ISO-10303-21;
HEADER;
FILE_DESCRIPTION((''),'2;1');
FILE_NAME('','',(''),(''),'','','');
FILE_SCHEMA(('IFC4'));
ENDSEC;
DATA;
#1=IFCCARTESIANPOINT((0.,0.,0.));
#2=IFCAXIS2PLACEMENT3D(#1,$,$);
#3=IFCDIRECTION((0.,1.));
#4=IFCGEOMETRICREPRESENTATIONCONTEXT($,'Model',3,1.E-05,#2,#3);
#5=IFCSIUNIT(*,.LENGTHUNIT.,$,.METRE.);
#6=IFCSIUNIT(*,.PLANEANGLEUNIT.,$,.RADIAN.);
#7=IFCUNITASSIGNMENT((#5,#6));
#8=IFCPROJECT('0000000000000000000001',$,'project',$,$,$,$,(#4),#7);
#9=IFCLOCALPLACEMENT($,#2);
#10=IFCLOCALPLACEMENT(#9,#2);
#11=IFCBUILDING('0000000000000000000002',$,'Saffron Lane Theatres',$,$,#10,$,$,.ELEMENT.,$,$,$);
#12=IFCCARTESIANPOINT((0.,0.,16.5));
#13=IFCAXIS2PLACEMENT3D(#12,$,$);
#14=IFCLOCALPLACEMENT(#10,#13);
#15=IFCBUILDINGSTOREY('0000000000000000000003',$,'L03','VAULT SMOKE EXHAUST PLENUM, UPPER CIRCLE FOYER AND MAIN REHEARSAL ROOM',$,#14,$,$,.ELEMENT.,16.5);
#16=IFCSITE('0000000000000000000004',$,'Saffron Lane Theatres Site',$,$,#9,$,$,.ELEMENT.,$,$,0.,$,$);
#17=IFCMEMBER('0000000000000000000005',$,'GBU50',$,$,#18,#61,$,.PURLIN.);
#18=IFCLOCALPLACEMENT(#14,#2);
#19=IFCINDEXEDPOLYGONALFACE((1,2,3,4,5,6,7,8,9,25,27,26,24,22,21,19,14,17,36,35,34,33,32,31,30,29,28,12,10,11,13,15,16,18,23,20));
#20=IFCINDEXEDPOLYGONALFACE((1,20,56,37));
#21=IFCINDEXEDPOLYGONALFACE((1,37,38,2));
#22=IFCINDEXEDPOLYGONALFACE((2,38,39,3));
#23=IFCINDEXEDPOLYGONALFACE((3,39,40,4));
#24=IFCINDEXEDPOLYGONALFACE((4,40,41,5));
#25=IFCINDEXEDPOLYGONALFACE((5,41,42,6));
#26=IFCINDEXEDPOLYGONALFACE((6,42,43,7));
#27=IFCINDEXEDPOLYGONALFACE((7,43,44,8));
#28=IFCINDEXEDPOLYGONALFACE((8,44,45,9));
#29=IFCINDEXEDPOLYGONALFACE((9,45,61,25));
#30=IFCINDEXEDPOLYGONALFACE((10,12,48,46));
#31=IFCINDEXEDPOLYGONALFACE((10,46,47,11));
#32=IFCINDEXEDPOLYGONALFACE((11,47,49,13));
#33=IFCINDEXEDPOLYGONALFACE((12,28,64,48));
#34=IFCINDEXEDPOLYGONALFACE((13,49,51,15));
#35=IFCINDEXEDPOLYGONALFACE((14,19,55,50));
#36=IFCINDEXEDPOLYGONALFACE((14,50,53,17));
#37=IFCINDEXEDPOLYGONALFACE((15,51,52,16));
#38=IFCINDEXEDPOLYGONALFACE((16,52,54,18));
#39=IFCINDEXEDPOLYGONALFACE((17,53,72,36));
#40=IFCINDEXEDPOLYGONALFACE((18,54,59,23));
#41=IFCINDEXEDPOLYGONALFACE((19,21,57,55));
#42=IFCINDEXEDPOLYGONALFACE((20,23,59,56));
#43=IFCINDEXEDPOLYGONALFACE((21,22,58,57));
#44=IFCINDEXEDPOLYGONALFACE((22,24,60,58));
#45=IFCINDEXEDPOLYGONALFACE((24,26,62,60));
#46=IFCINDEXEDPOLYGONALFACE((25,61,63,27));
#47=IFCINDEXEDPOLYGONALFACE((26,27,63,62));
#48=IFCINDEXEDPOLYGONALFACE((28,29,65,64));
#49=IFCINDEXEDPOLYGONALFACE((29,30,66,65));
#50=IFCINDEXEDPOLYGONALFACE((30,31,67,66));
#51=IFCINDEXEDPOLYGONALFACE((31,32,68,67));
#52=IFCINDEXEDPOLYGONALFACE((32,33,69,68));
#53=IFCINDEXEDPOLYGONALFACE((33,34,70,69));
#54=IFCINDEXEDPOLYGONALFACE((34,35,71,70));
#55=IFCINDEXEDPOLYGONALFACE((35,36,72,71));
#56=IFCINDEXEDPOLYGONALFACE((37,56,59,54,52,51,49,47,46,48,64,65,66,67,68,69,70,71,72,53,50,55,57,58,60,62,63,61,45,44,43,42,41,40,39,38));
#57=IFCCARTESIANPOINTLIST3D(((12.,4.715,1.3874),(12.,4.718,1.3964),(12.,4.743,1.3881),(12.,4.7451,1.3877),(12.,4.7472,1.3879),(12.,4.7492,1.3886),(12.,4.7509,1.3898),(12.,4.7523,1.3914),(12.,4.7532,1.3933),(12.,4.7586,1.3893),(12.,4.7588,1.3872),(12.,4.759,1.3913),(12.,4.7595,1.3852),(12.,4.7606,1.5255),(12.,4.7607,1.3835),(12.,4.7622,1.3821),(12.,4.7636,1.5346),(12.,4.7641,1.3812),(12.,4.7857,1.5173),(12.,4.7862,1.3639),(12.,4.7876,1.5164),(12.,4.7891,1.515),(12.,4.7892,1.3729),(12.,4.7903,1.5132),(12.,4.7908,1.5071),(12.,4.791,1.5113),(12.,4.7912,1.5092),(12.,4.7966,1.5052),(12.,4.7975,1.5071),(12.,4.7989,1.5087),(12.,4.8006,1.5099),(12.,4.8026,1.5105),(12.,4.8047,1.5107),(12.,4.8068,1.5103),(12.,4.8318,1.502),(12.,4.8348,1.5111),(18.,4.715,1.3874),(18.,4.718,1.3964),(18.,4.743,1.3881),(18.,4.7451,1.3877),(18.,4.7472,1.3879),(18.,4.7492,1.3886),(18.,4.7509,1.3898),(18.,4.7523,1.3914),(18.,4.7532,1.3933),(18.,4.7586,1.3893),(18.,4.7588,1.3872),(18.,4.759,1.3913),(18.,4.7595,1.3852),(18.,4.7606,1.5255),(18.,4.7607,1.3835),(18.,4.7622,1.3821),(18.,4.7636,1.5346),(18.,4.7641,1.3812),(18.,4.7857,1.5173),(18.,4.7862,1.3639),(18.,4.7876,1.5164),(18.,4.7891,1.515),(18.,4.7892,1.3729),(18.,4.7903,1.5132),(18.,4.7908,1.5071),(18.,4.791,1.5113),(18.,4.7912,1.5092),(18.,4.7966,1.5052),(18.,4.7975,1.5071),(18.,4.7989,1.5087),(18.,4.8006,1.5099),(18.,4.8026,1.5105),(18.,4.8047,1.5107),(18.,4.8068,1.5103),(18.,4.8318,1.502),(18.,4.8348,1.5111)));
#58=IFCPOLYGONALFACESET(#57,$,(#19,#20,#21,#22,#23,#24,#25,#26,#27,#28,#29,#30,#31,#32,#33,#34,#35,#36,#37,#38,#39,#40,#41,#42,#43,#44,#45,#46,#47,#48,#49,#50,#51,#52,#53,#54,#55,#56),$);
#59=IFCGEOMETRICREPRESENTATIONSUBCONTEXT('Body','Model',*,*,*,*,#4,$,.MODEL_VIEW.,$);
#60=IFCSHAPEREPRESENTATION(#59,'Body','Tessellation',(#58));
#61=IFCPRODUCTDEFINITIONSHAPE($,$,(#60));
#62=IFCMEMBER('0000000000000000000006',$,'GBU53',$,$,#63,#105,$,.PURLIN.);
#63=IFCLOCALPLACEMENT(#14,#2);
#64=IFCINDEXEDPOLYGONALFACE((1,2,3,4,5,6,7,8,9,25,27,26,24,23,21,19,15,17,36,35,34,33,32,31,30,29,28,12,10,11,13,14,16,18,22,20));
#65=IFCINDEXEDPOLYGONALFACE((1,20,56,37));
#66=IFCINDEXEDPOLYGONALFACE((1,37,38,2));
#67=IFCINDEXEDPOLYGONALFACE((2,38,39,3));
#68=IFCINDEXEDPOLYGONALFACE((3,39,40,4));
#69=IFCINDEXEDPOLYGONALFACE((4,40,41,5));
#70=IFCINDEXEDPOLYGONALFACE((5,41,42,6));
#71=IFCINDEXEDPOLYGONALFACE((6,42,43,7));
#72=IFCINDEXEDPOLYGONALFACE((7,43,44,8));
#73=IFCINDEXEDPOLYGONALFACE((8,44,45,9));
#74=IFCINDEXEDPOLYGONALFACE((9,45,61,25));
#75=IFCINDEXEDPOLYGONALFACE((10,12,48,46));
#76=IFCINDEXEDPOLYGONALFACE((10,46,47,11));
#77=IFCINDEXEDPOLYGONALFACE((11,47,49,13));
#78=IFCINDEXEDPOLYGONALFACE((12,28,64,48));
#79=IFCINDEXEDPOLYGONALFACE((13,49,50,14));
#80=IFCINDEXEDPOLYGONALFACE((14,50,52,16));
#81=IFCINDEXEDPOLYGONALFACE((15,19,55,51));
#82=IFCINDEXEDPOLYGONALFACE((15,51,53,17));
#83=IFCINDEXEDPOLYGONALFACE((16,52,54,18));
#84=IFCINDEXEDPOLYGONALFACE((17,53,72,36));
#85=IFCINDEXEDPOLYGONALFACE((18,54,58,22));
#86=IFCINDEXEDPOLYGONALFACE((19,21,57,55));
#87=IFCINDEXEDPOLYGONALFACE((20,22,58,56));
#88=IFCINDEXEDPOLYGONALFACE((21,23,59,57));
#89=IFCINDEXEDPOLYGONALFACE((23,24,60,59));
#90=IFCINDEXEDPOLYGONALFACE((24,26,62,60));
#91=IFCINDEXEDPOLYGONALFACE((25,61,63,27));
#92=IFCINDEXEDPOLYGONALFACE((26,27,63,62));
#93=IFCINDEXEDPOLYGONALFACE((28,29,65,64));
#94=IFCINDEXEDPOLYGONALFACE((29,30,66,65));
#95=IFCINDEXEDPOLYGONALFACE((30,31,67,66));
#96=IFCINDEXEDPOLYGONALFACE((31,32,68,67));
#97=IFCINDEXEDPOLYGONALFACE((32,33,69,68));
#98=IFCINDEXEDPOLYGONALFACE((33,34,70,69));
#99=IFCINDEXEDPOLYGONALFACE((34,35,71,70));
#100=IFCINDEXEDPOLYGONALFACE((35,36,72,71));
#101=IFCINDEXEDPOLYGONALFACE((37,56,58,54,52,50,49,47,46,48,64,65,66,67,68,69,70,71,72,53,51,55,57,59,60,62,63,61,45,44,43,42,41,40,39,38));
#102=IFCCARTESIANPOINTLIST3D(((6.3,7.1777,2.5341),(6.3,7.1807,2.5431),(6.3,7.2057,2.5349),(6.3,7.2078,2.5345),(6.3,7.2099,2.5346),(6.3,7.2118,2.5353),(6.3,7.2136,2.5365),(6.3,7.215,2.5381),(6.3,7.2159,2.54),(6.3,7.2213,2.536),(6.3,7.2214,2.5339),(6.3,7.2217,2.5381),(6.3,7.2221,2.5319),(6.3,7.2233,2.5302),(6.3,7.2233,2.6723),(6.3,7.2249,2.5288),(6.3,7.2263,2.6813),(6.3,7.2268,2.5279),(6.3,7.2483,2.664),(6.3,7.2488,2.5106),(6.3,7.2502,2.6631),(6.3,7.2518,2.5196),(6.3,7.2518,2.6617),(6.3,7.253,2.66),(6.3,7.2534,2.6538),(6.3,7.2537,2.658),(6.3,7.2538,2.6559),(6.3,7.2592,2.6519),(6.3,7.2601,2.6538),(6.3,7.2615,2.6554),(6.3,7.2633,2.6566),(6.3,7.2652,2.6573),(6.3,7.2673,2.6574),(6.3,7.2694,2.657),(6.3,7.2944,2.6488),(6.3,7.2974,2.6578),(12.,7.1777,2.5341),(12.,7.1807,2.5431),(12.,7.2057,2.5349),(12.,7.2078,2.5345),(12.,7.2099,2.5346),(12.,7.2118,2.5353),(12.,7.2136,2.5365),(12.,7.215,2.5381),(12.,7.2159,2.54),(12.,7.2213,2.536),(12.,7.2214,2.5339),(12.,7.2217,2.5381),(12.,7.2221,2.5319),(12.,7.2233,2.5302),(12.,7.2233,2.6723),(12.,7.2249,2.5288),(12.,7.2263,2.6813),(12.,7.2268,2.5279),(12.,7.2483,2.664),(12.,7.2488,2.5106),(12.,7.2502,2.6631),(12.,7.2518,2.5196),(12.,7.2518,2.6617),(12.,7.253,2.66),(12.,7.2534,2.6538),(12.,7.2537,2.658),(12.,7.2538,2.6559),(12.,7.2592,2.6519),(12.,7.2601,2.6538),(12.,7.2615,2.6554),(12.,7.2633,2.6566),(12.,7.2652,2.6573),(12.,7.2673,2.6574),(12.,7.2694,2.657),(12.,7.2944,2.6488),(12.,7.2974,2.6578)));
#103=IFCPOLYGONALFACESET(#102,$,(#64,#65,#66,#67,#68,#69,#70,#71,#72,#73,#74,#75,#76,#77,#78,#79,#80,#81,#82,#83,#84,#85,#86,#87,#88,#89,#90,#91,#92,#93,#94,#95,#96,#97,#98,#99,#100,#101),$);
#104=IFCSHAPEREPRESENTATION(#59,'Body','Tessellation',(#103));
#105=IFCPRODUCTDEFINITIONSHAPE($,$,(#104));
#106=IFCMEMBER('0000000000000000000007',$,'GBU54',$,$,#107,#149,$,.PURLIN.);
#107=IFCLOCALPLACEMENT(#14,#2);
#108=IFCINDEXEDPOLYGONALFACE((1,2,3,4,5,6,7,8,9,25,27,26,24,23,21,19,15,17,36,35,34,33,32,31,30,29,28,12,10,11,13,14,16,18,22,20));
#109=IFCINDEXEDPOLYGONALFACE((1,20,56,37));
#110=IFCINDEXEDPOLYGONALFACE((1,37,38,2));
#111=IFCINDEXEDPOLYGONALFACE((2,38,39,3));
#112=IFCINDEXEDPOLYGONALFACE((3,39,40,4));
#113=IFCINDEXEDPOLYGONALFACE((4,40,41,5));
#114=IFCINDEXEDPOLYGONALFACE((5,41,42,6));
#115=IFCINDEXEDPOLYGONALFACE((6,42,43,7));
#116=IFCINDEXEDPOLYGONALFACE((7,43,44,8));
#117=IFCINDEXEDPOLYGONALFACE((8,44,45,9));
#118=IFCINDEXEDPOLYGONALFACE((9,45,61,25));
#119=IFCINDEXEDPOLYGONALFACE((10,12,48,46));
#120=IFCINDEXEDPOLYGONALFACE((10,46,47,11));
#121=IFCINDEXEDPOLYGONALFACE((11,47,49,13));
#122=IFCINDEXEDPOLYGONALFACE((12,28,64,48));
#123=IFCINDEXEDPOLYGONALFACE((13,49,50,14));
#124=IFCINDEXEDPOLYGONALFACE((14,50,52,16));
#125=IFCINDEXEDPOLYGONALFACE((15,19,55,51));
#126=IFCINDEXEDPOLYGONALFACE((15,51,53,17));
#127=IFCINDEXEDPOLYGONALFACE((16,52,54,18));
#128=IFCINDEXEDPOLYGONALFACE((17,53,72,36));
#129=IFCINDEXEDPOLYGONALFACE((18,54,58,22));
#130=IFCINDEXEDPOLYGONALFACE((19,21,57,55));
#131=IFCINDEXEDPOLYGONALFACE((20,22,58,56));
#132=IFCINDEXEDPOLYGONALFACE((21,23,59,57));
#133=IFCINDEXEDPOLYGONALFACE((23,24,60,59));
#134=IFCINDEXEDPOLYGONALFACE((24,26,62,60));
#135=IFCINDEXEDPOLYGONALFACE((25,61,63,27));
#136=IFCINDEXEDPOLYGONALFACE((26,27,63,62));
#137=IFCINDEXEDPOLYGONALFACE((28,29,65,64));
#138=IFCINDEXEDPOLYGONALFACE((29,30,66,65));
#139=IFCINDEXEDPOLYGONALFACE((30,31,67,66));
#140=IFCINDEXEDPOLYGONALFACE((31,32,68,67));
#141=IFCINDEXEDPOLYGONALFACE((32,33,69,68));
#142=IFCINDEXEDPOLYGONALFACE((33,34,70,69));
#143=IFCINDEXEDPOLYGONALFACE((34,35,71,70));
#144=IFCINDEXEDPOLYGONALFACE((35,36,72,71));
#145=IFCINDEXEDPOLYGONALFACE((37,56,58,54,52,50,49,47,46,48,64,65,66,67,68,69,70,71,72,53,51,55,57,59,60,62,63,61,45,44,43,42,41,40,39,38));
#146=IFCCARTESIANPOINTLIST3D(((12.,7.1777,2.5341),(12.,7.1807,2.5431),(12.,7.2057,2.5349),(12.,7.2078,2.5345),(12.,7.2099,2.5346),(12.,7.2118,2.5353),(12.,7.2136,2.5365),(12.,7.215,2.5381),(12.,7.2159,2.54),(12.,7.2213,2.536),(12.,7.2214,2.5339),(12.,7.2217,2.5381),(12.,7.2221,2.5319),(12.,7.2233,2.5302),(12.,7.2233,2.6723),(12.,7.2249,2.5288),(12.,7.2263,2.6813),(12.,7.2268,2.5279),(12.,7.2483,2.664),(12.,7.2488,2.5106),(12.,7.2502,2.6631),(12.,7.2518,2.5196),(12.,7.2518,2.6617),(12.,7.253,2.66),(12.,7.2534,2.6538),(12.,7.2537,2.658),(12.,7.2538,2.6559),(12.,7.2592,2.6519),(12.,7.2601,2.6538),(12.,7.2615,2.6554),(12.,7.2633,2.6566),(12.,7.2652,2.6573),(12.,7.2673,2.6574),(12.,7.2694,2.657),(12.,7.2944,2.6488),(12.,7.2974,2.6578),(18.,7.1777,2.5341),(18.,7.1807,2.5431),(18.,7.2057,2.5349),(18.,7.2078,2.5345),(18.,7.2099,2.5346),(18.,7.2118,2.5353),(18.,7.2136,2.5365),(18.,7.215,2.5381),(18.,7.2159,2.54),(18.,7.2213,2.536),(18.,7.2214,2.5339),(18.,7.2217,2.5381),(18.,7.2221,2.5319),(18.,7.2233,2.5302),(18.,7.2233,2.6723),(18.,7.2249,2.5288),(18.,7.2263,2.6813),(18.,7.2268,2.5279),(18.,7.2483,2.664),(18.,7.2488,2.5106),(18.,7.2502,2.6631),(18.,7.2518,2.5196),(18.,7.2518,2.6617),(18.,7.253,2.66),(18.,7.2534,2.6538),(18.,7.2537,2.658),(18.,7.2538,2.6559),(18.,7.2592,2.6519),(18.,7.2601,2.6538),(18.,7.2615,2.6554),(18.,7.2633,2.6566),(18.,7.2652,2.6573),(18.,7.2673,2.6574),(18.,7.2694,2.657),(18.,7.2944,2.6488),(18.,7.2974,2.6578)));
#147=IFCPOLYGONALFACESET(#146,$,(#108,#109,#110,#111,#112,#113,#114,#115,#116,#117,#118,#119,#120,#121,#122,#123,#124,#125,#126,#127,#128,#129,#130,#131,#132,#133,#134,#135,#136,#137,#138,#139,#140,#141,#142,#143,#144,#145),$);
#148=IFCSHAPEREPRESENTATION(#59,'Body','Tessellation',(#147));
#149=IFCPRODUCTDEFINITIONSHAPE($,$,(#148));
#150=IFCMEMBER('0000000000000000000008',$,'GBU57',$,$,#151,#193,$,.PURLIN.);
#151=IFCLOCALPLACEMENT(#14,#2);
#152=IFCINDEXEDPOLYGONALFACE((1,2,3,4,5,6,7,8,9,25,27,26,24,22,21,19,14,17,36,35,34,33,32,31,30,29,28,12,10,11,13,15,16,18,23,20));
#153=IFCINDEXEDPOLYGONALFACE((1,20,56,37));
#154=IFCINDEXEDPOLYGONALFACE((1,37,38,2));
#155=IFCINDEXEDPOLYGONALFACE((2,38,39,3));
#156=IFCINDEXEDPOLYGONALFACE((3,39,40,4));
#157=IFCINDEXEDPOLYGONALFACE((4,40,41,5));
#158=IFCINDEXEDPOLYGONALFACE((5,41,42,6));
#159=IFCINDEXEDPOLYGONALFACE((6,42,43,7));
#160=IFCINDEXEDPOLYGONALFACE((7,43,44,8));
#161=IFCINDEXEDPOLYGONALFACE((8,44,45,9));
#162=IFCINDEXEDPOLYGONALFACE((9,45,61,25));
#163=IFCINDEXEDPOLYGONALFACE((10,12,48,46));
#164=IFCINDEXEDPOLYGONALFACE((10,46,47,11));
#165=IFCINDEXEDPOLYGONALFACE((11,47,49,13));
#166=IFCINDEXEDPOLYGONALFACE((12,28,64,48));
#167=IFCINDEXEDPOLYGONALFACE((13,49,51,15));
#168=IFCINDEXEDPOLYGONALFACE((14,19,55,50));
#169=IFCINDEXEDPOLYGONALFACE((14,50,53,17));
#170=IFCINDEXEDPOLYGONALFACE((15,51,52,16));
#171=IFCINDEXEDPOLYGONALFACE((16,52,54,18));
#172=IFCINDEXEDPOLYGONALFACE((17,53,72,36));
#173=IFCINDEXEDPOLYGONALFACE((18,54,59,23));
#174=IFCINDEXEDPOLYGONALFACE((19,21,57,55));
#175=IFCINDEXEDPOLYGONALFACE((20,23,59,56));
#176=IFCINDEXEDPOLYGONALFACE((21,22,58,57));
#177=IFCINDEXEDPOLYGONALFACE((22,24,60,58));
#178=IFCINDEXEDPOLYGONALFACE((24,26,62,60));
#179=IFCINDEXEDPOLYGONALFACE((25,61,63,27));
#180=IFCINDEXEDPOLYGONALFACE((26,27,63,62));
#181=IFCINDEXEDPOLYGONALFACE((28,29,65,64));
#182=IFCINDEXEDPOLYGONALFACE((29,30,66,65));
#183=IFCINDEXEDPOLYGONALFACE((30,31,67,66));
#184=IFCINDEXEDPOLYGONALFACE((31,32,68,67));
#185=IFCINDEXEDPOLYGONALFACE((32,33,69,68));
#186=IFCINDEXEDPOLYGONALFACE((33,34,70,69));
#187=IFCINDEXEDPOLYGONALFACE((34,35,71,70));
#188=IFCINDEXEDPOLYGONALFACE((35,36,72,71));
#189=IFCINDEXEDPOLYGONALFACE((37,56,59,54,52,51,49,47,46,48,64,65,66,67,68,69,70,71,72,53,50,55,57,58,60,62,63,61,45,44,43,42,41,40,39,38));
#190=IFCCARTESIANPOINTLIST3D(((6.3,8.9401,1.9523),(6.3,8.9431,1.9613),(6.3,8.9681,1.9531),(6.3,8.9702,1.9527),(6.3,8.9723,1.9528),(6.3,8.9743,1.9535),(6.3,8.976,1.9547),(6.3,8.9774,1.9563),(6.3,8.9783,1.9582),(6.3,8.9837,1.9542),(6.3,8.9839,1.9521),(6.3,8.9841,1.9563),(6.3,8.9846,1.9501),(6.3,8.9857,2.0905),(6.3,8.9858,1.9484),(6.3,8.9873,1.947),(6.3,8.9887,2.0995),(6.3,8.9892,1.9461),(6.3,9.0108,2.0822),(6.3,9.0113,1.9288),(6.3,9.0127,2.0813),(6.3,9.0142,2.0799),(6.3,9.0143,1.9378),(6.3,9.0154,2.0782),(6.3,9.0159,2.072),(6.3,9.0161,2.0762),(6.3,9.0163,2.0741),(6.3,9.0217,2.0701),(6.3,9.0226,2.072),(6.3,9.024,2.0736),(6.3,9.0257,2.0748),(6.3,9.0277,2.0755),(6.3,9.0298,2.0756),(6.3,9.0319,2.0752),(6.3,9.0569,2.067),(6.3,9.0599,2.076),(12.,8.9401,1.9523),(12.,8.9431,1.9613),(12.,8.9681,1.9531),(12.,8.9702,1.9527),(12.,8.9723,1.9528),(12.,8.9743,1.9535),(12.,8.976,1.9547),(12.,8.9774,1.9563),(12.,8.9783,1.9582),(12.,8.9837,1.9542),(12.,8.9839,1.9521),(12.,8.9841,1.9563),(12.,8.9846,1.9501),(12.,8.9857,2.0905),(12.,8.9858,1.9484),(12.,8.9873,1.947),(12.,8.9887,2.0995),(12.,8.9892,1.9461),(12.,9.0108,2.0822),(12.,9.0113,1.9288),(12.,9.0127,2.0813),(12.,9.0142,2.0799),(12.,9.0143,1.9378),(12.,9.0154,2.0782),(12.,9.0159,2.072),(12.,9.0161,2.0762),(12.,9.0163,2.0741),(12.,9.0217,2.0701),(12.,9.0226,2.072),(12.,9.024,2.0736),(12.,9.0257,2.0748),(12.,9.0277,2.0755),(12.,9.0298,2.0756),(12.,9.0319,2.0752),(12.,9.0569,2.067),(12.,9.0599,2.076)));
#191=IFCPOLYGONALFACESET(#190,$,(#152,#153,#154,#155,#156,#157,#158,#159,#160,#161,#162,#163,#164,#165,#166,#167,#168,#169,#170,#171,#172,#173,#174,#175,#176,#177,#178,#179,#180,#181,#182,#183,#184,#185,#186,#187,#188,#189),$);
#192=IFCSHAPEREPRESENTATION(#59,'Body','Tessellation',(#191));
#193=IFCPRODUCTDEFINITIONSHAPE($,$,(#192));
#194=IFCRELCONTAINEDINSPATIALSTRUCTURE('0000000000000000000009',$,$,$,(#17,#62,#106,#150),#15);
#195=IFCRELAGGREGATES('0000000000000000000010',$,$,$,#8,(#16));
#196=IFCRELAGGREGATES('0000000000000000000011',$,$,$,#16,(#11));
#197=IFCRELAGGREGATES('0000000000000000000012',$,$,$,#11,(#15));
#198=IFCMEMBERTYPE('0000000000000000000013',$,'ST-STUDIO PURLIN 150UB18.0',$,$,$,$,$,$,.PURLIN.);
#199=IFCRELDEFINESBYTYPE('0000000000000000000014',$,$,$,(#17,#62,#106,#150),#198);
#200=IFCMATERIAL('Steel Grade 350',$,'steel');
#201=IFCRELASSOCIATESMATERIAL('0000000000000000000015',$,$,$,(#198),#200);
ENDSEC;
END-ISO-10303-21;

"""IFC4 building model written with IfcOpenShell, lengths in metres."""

from ifc_helpers import new_model, si_unit, direction, frame, origin, origin_2d, place, context, subcontext, project, spatial, i_section, extrude, material, material_profile, profile_set, type_object, element, save


model = new_model("IFC4")

# Units and contexts
model_context = context("Model", 3, precision=1e-05, world=origin(), true_north=direction((0.0, 1.0)))
body_context = subcontext(model_context, "Body", "Model", "MODEL_VIEW")
ifc_project = project(units=[si_unit("LENGTHUNIT", "METRE"), si_unit("PLANEANGLEUNIT", "RADIAN")], contexts=[model_context])

# Site, building, storey
site_placement = place(None, origin())
site = spatial("IfcSite", under=ifc_project, at=site_placement, Name="Saffron Lane Theatres Site", CompositionType="ELEMENT", RefElevation=0.0)
building_placement = place(site_placement, origin())
building = spatial("IfcBuilding", under=site, at=building_placement, Name="Saffron Lane Theatres", CompositionType="ELEMENT")
storey_placement = place(building_placement, frame((0.0, 0.0, 16.5)))
storey = spatial("IfcBuildingStorey", under=building, at=storey_placement, Name="L03", Description="VAULT SMOKE EXHAUST PLENUM, UPPER CIRCLE FOYER AND MAIN REHEARSAL ROOM", CompositionType="ELEMENT", Elevation=16.5)

# Members
ifc_material_1 = material(Name="Steel Grade 350", Category="steel")
ifc_material_profile_1 = material_profile(ifc_material_1, i_section(OverallWidth=0.075, OverallDepth=0.155, WebThickness=0.0061, FlangeThickness=0.0095, FilletRadius=0.0081, at=origin_2d()))
ifc_profile_set_1 = profile_set([ifc_material_profile_1], Name="Steel Grade 350")
member_type_1 = type_object("IfcMemberType", Name="ST-STUDIO PURLIN 150UB18.0", PredefinedType="PURLIN", material=ifc_profile_set_1)
member_1_placement = place(storey_placement, frame((12.0, 4.7749, 1.4492), z_axis=(1.0, 0.0, 0.0), x_axis=(0.0, 0.949629, -0.313377)))
element("IfcMember", 1, at=member_1_placement, inside=storey, type_object=member_type_1, Name="GBU50", PredefinedType="PURLIN", context=body_context, shape_type="SweptSolid", body=[
    extrude(i_section(OverallWidth=0.075, OverallDepth=0.155, WebThickness=0.0061, FlangeThickness=0.0095, FilletRadius=0.0081, at=origin_2d()), origin(), (0.0, 0.0, 1.0), 6.0),
])
member_2_placement = place(storey_placement, frame((6.3, 7.2375, 2.5959), z_axis=(1.0, 0.0, 0.0), x_axis=(0.0, 0.949629, -0.313377)))
element("IfcMember", 2, at=member_2_placement, inside=storey, type_object=member_type_1, Name="GBU53", PredefinedType="PURLIN", context=body_context, shape_type="SweptSolid", body=[
    extrude(i_section(OverallWidth=0.075, OverallDepth=0.155, WebThickness=0.0061, FlangeThickness=0.0095, FilletRadius=0.0081, at=origin_2d()), origin(), (0.0, 0.0, 1.0), 5.7),
])
member_3_placement = place(storey_placement, frame((12.0, 7.2375, 2.5959), z_axis=(1.0, 0.0, 0.0), x_axis=(0.0, 0.949629, -0.313377)))
element("IfcMember", 3, at=member_3_placement, inside=storey, type_object=member_type_1, Name="GBU54", PredefinedType="PURLIN", context=body_context, shape_type="SweptSolid", body=[
    extrude(i_section(OverallWidth=0.075, OverallDepth=0.155, WebThickness=0.0061, FlangeThickness=0.0095, FilletRadius=0.0081, at=origin_2d()), origin(), (0.0, 0.0, 1.0), 6.0),
])
member_4_placement = place(storey_placement, frame((6.3, 9.0, 2.0142), z_axis=(1.0, 0.0, 0.0), x_axis=(0.0, 0.949629, -0.313377)))
element("IfcMember", 4, at=member_4_placement, inside=storey, type_object=member_type_1, Name="GBU57", PredefinedType="PURLIN", context=body_context, shape_type="SweptSolid", body=[
    extrude(i_section(OverallWidth=0.075, OverallDepth=0.155, WebThickness=0.0061, FlangeThickness=0.0095, FilletRadius=0.0081, at=origin_2d()), origin(), (0.0, 0.0, 1.0), 5.7),
])

save(model, "model.ifc")
